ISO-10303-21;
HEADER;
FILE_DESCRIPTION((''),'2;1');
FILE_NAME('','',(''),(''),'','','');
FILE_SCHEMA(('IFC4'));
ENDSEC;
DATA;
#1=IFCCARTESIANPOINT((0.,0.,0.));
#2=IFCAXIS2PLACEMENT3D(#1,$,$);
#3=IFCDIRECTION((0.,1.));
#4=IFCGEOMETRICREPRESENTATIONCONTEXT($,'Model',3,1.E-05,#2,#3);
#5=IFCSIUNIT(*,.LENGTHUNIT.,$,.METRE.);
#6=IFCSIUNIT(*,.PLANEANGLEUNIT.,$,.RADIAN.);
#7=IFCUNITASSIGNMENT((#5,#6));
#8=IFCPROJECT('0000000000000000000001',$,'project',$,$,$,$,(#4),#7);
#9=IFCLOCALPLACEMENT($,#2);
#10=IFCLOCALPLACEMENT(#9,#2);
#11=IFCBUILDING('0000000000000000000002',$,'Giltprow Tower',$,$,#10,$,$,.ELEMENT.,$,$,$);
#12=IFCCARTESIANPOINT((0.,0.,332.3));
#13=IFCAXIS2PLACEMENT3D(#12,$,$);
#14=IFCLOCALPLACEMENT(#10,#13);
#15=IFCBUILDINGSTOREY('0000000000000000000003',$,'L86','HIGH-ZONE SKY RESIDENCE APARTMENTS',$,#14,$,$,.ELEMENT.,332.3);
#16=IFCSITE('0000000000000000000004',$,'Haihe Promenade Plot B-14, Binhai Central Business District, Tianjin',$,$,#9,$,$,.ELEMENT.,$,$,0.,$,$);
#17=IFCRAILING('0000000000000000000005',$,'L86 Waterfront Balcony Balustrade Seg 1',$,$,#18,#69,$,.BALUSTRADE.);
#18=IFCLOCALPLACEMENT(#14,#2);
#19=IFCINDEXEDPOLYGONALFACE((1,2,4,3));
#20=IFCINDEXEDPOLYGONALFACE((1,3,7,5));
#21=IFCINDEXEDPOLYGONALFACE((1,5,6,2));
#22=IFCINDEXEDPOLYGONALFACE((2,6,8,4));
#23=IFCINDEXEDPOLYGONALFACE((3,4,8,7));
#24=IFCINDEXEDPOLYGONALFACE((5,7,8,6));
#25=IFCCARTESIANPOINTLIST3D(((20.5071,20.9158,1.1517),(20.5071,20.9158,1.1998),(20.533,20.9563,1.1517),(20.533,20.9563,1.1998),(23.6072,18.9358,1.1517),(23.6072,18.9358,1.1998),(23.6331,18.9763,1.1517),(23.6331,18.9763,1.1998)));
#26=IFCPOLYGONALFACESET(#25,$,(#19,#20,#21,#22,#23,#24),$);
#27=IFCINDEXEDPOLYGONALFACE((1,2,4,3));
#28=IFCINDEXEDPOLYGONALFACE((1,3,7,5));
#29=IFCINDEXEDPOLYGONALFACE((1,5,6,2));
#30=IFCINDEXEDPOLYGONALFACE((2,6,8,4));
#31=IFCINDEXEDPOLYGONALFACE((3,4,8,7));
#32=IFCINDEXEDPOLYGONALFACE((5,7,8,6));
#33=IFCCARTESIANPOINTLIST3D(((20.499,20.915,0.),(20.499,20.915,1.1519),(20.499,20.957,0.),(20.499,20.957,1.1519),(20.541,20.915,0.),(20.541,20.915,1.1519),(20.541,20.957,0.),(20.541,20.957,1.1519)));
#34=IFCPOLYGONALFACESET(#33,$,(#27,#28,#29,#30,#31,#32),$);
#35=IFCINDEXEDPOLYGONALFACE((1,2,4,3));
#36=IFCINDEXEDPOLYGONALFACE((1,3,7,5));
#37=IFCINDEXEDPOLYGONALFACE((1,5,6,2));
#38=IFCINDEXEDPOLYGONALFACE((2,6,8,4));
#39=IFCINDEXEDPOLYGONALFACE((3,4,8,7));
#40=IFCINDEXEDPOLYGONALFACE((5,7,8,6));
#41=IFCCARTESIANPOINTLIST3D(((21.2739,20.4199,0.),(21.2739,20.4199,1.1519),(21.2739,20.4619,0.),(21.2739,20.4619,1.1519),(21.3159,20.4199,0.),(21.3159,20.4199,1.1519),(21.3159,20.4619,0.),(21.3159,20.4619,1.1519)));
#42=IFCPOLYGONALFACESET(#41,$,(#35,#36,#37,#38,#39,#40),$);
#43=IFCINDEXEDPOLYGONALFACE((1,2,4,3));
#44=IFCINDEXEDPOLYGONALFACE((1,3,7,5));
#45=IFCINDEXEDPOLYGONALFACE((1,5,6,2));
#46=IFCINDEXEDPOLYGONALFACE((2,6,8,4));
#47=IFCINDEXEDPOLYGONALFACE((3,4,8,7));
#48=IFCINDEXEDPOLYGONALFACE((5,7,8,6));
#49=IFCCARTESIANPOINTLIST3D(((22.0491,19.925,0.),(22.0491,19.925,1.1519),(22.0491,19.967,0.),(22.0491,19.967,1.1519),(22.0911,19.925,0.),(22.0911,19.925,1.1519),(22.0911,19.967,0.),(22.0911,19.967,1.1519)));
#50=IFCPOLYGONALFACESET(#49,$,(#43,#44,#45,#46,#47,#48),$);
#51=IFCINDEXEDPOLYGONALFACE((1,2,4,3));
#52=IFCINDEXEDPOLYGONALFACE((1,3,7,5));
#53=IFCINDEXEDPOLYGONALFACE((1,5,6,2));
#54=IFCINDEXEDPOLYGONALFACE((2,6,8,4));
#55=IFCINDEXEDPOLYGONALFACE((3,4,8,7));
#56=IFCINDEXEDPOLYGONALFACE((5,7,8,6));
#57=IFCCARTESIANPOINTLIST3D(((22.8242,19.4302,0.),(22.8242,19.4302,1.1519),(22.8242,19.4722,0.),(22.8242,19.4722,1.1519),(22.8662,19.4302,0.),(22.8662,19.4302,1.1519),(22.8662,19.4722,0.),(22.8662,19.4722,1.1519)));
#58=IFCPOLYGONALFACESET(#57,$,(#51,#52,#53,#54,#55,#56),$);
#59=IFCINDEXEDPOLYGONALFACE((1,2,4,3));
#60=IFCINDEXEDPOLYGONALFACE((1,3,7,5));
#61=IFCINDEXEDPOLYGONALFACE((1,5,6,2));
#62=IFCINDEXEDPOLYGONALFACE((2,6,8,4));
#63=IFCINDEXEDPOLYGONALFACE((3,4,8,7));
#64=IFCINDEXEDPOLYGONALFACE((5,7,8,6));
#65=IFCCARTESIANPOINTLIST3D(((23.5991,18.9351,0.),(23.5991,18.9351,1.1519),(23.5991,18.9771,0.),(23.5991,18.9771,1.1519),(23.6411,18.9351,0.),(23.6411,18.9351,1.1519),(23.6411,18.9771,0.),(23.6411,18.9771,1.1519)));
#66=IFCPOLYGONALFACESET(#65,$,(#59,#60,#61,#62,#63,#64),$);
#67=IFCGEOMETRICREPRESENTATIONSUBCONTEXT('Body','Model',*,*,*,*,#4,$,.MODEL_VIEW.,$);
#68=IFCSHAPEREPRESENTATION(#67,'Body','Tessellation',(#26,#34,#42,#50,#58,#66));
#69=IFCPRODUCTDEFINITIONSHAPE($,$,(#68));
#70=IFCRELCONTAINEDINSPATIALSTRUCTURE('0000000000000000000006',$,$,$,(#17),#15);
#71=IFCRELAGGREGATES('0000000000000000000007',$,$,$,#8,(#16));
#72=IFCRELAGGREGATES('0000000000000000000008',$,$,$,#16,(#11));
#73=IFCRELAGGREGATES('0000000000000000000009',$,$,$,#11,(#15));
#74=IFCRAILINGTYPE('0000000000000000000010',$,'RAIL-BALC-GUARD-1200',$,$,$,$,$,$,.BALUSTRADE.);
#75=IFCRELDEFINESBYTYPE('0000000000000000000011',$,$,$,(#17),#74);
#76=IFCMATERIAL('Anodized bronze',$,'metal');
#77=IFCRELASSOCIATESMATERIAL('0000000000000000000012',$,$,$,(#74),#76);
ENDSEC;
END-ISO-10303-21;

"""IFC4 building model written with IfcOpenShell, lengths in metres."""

from ifc_helpers import new_model, si_unit, direction, frame, origin, origin_2d, place, context, subcontext, project, spatial, rectangle, extrude, material, type_object, element, save


model = new_model("IFC4")

# Units and contexts
model_context = context("Model", 3, precision=1e-05, world=origin(), true_north=direction((0.0, 1.0)))
body_context = subcontext(model_context, "Body", "Model", "MODEL_VIEW")
ifc_project = project(units=[si_unit("LENGTHUNIT", "METRE"), si_unit("PLANEANGLEUNIT", "RADIAN")], contexts=[model_context])

# Site, building, storey
site_placement = place(None, origin())
site = spatial("IfcSite", under=ifc_project, at=site_placement, Name="Haihe Promenade Plot B-14, Binhai Central Business District, Tianjin", CompositionType="ELEMENT", RefElevation=0.0)
building_placement = place(site_placement, origin())
building = spatial("IfcBuilding", under=site, at=building_placement, Name="Giltprow Tower", CompositionType="ELEMENT")
storey_placement = place(building_placement, frame((0.0, 0.0, 332.3)))
storey = spatial("IfcBuildingStorey", under=building, at=storey_placement, Name="L86", Description="HIGH-ZONE SKY RESIDENCE APARTMENTS", CompositionType="ELEMENT", Elevation=332.3)

# Shared definitions
ifc_material_1 = material(Name="Anodized bronze", Category="metal")

# Railing
railing_type = type_object("IfcRailingType", Name="RAIL-BALC-GUARD-1200", PredefinedType="BALUSTRADE", material=ifc_material_1)
railing_1_placement = place(storey_placement, frame((20.52, 20.936, 0.0)))
element("IfcRailing", 1, at=railing_1_placement, inside=storey, type_object=railing_type, Name="L86 Waterfront Balcony Balustrade Seg 1", PredefinedType="BALUSTRADE", context=body_context, shape_type="SweptSolid", body=[
    extrude(rectangle(XDim=0.0481, YDim=0.0481, at=origin_2d()), frame((0.0, 0.0, 1.1758), z_axis=(0.842775, -0.538266, 0.0), x_axis=(0.538266, 0.842775, 0.0)), (0.0, 0.0, 1.0), 3.6785),
    extrude(rectangle(XDim=0.042, YDim=0.042, at=origin_2d()), origin(), (0.0, 0.0, 1.0), 1.1519),
    extrude(rectangle(XDim=0.042, YDim=0.042, at=origin_2d()), frame((0.7749, -0.4951, 0.0)), (0.0, 0.0, 1.0), 1.1519),
    extrude(rectangle(XDim=0.042, YDim=0.042, at=origin_2d()), frame((1.55, -0.99, 0.0)), (0.0, 0.0, 1.0), 1.1519),
    extrude(rectangle(XDim=0.042, YDim=0.042, at=origin_2d()), frame((2.3252, -1.4849, 0.0)), (0.0, 0.0, 1.0), 1.1519),
    extrude(rectangle(XDim=0.042, YDim=0.042, at=origin_2d()), frame((3.1001, -1.98, 0.0)), (0.0, 0.0, 1.0), 1.1519),
])

save(model, "model.ifc")
